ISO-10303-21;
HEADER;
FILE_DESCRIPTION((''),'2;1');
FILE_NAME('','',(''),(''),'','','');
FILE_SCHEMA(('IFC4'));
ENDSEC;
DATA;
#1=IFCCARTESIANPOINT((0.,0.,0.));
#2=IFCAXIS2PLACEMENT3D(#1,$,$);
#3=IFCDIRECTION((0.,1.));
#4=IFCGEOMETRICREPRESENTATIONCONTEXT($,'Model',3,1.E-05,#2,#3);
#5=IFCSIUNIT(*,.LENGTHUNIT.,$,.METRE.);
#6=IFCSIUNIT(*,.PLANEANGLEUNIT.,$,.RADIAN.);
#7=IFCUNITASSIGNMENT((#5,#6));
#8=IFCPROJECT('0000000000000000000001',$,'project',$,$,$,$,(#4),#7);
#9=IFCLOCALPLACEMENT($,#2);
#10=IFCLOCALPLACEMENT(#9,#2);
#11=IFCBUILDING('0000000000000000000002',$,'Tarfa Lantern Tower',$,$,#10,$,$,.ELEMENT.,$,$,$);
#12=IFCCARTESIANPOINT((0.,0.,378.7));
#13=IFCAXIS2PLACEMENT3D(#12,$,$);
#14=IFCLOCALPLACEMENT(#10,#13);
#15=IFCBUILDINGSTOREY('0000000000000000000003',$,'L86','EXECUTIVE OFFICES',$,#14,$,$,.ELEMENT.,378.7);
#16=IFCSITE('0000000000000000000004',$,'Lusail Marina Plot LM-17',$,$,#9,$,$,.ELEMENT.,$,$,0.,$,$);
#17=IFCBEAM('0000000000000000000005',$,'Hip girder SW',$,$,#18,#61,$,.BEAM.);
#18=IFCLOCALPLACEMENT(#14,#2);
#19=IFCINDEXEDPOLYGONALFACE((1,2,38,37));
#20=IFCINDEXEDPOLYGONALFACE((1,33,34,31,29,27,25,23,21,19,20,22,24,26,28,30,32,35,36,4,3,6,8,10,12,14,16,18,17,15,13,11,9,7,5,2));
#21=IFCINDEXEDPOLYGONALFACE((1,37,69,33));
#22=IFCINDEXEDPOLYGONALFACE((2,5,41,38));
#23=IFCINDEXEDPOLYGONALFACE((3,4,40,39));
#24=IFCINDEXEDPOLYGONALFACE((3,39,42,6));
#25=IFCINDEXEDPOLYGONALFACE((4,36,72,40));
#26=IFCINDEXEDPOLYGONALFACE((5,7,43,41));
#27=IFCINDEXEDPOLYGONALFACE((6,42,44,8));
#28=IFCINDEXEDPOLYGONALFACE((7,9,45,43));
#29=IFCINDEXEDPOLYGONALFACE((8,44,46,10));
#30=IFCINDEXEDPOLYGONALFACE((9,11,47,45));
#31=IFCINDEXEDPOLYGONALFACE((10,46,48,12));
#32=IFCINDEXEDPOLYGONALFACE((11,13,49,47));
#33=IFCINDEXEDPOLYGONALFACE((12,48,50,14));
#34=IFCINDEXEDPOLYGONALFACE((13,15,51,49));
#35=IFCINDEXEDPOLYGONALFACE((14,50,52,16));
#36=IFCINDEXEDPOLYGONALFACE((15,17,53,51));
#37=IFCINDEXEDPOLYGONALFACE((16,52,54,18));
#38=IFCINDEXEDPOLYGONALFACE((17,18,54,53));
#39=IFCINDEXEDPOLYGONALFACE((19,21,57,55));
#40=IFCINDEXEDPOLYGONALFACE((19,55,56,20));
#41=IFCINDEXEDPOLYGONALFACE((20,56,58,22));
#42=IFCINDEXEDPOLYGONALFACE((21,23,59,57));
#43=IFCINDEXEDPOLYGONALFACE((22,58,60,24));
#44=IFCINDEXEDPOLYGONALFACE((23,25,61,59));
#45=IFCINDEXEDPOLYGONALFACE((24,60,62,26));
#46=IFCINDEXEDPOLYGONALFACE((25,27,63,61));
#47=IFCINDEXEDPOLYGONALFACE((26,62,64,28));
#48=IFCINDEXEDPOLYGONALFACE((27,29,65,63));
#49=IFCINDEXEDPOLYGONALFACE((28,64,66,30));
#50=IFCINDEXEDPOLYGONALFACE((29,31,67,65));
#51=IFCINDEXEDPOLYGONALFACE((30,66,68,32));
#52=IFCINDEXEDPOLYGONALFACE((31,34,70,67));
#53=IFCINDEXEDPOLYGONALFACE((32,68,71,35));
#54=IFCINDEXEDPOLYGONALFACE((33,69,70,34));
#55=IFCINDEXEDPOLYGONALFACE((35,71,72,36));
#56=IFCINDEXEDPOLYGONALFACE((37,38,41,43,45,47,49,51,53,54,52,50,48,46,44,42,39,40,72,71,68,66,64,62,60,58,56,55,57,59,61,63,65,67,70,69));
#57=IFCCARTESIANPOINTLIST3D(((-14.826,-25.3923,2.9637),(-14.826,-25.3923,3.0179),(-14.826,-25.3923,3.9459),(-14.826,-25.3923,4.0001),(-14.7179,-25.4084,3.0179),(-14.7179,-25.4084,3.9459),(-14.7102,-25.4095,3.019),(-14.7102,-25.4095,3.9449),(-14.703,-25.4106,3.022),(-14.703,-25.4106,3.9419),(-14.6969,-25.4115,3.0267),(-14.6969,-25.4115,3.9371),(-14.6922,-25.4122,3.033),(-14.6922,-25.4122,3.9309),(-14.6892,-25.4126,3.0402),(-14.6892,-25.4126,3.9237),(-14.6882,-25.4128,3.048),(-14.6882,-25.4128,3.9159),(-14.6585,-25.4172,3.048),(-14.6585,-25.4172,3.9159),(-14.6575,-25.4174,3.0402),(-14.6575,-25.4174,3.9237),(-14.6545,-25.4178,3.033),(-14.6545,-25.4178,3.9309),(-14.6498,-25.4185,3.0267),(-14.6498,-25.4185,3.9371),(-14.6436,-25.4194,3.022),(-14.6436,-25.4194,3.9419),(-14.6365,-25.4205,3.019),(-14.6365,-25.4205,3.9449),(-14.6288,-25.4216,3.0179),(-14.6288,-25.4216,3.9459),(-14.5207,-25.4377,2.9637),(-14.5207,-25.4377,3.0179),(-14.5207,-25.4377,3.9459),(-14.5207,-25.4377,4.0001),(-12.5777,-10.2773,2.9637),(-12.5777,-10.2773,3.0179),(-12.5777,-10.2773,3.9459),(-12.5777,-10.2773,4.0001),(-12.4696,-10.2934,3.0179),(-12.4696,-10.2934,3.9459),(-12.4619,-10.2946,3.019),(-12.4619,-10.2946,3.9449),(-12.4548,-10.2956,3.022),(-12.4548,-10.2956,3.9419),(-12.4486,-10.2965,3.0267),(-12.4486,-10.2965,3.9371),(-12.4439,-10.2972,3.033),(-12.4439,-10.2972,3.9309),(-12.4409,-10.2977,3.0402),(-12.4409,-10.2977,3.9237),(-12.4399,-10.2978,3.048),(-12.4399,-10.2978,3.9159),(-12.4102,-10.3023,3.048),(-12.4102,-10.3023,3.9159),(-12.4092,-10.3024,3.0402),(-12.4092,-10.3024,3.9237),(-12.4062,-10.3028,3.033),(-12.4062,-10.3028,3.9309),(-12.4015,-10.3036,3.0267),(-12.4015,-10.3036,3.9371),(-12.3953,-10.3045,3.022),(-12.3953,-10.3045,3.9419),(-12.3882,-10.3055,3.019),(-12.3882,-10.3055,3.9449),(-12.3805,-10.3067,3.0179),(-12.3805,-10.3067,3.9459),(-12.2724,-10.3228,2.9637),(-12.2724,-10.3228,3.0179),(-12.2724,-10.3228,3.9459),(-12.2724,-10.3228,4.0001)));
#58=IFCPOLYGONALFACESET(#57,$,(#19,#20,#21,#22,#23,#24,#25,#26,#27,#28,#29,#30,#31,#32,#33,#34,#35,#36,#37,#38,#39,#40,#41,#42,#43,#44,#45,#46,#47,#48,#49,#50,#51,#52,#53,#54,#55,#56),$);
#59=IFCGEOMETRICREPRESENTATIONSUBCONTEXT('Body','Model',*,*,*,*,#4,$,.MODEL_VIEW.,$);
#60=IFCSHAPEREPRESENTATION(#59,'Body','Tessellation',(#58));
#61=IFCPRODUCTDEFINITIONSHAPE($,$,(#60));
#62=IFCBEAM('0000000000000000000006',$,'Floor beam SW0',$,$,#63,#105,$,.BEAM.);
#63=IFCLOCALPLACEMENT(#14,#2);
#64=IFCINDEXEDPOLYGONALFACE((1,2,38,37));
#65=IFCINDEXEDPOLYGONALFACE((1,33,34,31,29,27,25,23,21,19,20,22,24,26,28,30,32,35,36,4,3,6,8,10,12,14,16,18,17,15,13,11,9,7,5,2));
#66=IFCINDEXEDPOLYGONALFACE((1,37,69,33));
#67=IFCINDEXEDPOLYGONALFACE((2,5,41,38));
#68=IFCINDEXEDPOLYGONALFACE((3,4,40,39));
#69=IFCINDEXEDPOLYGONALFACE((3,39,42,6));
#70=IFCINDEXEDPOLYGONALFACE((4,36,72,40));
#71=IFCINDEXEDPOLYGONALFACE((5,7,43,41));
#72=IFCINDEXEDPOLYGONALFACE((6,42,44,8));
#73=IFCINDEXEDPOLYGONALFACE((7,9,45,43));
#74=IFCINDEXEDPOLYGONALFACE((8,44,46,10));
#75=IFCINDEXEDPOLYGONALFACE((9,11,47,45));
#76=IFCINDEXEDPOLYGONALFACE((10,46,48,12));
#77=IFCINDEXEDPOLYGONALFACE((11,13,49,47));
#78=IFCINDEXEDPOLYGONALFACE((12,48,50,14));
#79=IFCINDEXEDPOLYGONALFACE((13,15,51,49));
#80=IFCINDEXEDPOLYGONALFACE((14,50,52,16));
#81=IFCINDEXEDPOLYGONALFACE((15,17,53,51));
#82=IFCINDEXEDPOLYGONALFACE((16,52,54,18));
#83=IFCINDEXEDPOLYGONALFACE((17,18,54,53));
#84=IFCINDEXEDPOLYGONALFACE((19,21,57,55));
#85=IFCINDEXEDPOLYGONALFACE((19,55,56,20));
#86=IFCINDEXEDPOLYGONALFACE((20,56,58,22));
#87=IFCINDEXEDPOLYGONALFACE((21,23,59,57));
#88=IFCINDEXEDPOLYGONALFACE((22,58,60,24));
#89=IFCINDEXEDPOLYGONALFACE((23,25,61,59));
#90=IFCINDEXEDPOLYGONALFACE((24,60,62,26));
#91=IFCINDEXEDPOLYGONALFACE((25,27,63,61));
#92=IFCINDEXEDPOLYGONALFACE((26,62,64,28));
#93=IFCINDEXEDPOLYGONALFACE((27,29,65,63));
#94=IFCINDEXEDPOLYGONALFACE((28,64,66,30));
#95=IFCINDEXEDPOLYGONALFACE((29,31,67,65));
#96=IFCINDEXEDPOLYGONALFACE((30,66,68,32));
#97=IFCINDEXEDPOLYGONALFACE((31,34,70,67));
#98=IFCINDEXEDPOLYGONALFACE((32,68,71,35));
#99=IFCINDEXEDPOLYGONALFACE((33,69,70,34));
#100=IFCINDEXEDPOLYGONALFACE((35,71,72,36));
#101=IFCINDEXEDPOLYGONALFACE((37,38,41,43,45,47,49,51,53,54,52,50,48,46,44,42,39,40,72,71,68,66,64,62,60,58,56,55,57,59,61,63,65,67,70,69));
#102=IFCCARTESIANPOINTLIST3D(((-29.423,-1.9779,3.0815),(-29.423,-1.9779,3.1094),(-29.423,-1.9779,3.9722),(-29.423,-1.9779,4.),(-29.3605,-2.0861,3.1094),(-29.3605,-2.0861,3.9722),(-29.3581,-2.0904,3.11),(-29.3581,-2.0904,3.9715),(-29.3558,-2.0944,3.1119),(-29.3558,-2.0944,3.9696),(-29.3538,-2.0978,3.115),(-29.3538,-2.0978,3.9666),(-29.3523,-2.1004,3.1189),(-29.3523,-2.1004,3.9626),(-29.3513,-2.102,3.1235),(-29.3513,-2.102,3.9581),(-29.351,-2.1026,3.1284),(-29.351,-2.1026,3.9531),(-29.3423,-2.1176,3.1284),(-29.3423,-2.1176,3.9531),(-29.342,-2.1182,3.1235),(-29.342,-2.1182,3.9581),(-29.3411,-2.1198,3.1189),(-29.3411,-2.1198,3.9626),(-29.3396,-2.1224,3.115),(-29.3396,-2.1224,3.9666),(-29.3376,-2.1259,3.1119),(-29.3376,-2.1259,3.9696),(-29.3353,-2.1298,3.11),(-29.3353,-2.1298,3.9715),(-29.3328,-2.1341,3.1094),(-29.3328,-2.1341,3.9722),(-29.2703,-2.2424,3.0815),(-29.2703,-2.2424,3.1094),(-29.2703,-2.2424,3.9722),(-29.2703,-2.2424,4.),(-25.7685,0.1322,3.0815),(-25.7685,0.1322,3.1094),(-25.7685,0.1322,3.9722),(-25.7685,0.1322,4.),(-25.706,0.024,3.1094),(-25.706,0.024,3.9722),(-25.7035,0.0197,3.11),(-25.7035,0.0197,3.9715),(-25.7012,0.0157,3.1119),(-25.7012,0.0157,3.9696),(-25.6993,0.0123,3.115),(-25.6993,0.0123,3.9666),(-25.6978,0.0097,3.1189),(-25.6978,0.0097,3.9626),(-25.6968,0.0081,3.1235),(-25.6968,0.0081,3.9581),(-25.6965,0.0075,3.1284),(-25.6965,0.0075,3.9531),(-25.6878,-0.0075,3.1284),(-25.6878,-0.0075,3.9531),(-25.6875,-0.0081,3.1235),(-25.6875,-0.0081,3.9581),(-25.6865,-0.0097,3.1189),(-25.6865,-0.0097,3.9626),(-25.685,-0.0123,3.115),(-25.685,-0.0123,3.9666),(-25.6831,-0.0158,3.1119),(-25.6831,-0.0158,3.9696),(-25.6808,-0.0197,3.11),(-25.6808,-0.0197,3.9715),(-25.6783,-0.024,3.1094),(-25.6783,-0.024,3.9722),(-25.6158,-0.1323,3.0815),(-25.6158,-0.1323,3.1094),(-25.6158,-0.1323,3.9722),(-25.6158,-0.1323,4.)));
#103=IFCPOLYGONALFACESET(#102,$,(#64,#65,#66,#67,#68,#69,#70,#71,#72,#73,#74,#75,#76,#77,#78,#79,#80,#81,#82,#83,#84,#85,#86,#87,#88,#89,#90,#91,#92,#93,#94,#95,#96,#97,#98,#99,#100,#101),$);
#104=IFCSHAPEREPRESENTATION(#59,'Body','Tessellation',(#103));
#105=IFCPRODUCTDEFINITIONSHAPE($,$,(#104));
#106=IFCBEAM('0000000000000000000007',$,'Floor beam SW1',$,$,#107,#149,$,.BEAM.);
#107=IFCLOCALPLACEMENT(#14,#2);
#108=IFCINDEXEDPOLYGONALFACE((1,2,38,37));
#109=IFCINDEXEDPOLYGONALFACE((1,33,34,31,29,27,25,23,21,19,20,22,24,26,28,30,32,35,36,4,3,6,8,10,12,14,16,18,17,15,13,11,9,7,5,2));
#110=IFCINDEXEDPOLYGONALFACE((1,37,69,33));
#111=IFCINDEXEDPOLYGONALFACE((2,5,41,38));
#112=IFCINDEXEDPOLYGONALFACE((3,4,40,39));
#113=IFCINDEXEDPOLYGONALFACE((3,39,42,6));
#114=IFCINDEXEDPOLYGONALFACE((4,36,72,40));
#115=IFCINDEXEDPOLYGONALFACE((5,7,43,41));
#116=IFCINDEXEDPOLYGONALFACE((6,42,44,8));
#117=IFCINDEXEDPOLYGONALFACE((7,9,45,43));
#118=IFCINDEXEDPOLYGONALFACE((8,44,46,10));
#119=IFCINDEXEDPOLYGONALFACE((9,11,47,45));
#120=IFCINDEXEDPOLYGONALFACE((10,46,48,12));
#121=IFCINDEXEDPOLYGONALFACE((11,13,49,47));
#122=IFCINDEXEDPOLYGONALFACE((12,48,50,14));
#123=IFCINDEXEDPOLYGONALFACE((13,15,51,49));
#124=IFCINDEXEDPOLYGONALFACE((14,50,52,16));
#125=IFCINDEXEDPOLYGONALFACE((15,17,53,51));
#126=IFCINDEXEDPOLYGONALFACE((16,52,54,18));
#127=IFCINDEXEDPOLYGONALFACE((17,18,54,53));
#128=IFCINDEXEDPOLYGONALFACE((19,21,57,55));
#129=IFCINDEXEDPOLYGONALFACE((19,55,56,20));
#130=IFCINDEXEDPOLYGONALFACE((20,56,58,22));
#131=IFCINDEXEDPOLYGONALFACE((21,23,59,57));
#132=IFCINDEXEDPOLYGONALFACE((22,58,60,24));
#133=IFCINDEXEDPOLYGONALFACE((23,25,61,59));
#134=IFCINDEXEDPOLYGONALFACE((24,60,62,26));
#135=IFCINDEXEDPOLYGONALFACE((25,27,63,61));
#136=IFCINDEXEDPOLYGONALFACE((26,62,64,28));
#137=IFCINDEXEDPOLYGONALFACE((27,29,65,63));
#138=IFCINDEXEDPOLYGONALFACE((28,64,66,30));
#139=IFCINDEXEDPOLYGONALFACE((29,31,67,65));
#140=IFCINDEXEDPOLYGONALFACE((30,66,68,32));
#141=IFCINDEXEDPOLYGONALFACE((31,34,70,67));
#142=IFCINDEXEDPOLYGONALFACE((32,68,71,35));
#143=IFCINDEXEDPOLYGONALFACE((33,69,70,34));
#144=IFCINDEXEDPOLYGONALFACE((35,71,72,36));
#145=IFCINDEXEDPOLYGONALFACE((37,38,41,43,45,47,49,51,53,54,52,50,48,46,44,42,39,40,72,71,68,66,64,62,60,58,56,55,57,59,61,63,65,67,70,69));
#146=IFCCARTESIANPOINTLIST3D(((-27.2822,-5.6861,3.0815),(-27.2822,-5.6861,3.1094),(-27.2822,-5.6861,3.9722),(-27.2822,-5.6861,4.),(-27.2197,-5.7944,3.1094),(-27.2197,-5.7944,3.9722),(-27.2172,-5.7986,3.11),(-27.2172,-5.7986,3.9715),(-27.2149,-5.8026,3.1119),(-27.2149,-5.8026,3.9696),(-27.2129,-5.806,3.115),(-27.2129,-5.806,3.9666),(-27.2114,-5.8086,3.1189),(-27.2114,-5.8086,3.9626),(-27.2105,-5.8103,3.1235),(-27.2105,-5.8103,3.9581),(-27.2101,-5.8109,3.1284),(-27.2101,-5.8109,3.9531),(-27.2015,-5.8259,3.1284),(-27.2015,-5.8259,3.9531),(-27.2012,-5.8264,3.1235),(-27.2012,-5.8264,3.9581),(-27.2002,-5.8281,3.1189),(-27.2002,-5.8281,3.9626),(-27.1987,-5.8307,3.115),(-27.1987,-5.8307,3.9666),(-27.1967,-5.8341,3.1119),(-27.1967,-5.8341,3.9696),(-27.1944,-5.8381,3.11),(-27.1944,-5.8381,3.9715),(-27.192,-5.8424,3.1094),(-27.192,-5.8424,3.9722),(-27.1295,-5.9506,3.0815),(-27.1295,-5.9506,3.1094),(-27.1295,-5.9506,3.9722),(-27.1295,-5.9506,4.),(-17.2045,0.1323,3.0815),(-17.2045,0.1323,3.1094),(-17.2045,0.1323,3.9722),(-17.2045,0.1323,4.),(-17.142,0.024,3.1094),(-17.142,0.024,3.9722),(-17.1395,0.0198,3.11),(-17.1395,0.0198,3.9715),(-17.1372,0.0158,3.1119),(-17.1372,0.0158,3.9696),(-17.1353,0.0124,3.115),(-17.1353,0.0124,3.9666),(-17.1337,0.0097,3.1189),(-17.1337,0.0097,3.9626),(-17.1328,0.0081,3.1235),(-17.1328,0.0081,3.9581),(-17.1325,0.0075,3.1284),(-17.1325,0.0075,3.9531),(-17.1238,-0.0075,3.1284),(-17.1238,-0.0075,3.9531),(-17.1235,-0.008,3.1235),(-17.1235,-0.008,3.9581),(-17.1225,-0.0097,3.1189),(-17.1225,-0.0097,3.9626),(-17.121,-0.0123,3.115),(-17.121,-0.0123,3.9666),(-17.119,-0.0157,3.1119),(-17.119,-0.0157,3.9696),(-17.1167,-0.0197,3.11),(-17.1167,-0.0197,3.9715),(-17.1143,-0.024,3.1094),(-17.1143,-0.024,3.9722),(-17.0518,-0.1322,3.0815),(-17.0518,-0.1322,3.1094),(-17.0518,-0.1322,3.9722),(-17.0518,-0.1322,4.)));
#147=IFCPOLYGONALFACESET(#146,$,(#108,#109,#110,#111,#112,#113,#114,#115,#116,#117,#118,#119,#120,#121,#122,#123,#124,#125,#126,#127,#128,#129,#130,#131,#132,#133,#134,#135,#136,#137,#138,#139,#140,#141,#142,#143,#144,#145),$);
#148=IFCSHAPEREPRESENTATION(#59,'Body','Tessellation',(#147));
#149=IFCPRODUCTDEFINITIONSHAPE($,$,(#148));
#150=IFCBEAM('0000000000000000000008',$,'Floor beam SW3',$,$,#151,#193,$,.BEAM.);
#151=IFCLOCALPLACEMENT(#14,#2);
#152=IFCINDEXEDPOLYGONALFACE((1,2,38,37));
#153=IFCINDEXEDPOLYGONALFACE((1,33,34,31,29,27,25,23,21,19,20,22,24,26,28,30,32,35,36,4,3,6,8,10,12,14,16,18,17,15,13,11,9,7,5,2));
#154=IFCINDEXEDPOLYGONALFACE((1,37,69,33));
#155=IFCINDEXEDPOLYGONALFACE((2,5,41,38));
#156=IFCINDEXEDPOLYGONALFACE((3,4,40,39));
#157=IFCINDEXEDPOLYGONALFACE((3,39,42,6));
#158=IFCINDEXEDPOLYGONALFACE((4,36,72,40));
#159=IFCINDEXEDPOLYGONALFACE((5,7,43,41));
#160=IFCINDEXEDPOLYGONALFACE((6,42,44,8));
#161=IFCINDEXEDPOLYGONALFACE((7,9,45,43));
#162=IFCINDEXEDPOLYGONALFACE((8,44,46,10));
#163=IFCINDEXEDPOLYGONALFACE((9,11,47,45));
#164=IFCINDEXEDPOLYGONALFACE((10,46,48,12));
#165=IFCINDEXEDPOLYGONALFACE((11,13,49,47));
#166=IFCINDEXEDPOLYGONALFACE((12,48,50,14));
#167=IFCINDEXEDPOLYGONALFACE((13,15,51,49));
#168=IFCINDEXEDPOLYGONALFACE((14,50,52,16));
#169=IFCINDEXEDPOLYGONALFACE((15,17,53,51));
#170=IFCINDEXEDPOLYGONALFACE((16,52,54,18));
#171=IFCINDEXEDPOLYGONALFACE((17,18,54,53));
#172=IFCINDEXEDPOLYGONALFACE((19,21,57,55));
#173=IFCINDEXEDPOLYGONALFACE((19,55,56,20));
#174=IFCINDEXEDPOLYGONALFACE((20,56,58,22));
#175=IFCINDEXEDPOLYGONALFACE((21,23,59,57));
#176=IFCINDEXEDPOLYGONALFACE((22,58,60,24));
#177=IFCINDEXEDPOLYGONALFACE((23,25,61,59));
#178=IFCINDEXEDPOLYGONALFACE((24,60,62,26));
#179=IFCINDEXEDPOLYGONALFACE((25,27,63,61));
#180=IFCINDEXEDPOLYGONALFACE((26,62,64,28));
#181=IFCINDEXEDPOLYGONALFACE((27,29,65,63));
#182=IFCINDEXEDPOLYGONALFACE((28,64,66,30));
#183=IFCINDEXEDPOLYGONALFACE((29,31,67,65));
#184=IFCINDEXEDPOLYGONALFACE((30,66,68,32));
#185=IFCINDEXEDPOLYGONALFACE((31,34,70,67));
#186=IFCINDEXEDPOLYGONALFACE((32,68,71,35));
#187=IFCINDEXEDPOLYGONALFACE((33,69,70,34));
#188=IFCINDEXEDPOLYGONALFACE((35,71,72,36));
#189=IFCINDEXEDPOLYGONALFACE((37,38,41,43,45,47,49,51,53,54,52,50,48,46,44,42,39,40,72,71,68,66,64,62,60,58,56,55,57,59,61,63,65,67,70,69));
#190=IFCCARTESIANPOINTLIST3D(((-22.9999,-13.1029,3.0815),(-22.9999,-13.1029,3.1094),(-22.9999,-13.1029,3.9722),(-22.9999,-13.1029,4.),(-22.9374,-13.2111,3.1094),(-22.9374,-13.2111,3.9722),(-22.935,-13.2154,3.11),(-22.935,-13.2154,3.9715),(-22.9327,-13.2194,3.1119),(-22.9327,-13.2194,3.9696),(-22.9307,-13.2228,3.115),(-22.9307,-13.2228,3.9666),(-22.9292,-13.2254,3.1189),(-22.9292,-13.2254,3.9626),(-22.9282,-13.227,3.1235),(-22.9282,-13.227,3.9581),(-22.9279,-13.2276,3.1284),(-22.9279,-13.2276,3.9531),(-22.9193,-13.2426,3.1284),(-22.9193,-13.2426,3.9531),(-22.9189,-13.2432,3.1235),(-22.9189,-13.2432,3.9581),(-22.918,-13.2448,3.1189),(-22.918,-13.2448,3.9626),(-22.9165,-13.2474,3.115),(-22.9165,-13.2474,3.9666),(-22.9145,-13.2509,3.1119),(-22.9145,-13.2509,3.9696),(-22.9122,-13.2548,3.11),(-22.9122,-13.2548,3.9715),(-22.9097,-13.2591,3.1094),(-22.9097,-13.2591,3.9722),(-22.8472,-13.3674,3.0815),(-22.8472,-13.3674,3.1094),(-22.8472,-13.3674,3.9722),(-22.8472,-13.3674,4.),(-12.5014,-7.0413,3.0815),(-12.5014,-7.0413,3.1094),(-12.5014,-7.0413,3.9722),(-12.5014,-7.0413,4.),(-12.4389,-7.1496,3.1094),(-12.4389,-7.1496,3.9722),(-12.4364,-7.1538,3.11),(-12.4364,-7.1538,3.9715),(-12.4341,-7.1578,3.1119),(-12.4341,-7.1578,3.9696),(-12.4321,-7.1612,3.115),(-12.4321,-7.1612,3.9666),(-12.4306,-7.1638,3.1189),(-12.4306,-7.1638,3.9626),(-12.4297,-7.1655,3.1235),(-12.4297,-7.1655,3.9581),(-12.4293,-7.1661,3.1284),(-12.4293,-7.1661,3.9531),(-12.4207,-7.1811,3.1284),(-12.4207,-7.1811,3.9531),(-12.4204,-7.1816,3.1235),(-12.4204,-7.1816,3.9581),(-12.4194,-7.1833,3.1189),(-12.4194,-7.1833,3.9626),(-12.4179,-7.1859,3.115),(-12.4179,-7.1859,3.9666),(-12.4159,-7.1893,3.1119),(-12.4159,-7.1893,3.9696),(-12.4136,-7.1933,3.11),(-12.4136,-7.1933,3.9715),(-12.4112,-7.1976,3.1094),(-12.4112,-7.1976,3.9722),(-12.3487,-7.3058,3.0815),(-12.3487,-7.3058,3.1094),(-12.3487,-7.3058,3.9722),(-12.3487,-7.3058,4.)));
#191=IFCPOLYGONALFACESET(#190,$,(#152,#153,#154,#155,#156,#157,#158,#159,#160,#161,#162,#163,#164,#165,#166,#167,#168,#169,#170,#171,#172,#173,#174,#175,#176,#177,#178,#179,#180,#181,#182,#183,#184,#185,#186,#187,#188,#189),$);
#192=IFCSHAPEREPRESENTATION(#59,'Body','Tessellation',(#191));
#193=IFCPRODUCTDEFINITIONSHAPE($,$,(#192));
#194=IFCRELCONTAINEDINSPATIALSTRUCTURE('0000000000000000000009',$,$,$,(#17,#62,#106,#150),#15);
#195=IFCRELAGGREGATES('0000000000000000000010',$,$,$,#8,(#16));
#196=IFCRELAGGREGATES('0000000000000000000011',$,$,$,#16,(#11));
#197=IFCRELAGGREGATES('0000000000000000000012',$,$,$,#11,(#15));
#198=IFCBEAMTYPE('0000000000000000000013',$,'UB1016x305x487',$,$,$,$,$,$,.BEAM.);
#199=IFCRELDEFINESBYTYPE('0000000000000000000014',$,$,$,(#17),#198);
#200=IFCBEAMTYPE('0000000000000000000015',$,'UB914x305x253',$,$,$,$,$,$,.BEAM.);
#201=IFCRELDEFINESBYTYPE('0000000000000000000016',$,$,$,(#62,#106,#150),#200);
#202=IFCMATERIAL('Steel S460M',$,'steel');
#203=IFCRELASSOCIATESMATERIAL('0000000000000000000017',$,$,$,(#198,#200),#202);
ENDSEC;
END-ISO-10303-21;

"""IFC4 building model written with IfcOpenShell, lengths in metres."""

from ifc_helpers import new_model, si_unit, direction, frame, origin, origin_2d, place, context, subcontext, project, spatial, i_section, extrude, material, material_profile, profile_set, type_object, element, save


model = new_model("IFC4")

# Units and contexts
model_context = context("Model", 3, precision=1e-05, world=origin(), true_north=direction((0.0, 1.0)))
body_context = subcontext(model_context, "Body", "Model", "MODEL_VIEW")
ifc_project = project(units=[si_unit("LENGTHUNIT", "METRE"), si_unit("PLANEANGLEUNIT", "RADIAN")], contexts=[model_context])

# Site, building, storey
site_placement = place(None, origin())
site = spatial("IfcSite", under=ifc_project, at=site_placement, Name="Lusail Marina Plot LM-17", CompositionType="ELEMENT", RefElevation=0.0)
building_placement = place(site_placement, origin())
building = spatial("IfcBuilding", under=site, at=building_placement, Name="Tarfa Lantern Tower", CompositionType="ELEMENT")
storey_placement = place(building_placement, frame((0.0, 0.0, 378.7)))
storey = spatial("IfcBuildingStorey", under=building, at=storey_placement, Name="L86", Description="EXECUTIVE OFFICES", CompositionType="ELEMENT", Elevation=378.7)

# Beams
ifc_material_1 = material(Name="Steel S460M", Category="steel")
ifc_material_profile_1 = material_profile(ifc_material_1, i_section(OverallWidth=0.3086, OverallDepth=1.0364, WebThickness=0.03, FlangeThickness=0.0542, FilletRadius=0.03, at=origin_2d()), Name="UB1016x305x487")
ifc_profile_set_1 = profile_set([ifc_material_profile_1], Name="Steel S460M")
beam_type_1 = type_object("IfcBeamType", Name="UB1016x305x487", PredefinedType="BEAM", material=ifc_profile_set_1)
beam_1_placement = place(storey_placement, frame((-12.425, -10.3, 3.4819), z_axis=(-0.147127, -0.989118, 0.0), x_axis=(0.989118, -0.147127, 0.0)))
element("IfcBeam", 1, at=beam_1_placement, inside=storey, type_object=beam_type_1, Name="Hip girder SW", PredefinedType="BEAM", context=body_context, shape_type="SweptSolid", body=[
    extrude(i_section(OverallWidth=0.3086, OverallDepth=1.0364, WebThickness=0.03, FlangeThickness=0.0542, FilletRadius=0.03, at=origin_2d()), origin(), (0.0, 0.0, 1.0), 15.2812),
])
ifc_material_profile_2 = material_profile(ifc_material_1, i_section(OverallWidth=0.3054, OverallDepth=0.9185, WebThickness=0.0173, FlangeThickness=0.0278, FilletRadius=0.019, at=origin_2d()), Name="UB914x305x253")
ifc_profile_set_2 = profile_set([ifc_material_profile_2], Name="Steel S460M")
beam_type_2 = type_object("IfcBeamType", Name="UB914x305x253", PredefinedType="BEAM", material=ifc_profile_set_2)
beam_2_placement = place(storey_placement, frame((-29.3467, -2.1101, 3.5408), z_axis=(0.866009, 0.500028, 0.0), x_axis=(-0.500028, 0.866009, 0.0)))
element("IfcBeam", 2, at=beam_2_placement, inside=storey, type_object=beam_type_2, Name="Floor beam SW0", PredefinedType="BEAM", context=body_context, shape_type="SweptSolid", body=[
    extrude(i_section(OverallWidth=0.3054, OverallDepth=0.9185, WebThickness=0.0173, FlangeThickness=0.0278, FilletRadius=0.019, at=origin_2d()), origin(), (0.0, 0.0, 1.0), 4.22),
])
beam_3_placement = place(storey_placement, frame((-27.2058, -5.8184, 3.5408), z_axis=(0.866024, 0.500002, 0.0), x_axis=(-0.500002, 0.866024, 0.0)))
element("IfcBeam", 3, at=beam_3_placement, inside=storey, type_object=beam_type_2, Name="Floor beam SW1", PredefinedType="BEAM", context=body_context, shape_type="SweptSolid", body=[
    extrude(i_section(OverallWidth=0.3054, OverallDepth=0.9185, WebThickness=0.0173, FlangeThickness=0.0278, FilletRadius=0.019, at=origin_2d()), origin(), (0.0, 0.0, 1.0), 11.6367),
])
beam_4_placement = place(storey_placement, frame((-22.9236, -13.2351, 3.5408), z_axis=(0.866019, 0.500012, 0.0), x_axis=(-0.500012, 0.866019, 0.0)))
element("IfcBeam", 4, at=beam_4_placement, inside=storey, type_object=beam_type_2, Name="Floor beam SW3", PredefinedType="BEAM", context=body_context, shape_type="SweptSolid", body=[
    extrude(i_section(OverallWidth=0.3054, OverallDepth=0.9185, WebThickness=0.0173, FlangeThickness=0.0278, FilletRadius=0.019, at=origin_2d()), origin(), (0.0, 0.0, 1.0), 12.1228),
])

save(model, "model.ifc")
